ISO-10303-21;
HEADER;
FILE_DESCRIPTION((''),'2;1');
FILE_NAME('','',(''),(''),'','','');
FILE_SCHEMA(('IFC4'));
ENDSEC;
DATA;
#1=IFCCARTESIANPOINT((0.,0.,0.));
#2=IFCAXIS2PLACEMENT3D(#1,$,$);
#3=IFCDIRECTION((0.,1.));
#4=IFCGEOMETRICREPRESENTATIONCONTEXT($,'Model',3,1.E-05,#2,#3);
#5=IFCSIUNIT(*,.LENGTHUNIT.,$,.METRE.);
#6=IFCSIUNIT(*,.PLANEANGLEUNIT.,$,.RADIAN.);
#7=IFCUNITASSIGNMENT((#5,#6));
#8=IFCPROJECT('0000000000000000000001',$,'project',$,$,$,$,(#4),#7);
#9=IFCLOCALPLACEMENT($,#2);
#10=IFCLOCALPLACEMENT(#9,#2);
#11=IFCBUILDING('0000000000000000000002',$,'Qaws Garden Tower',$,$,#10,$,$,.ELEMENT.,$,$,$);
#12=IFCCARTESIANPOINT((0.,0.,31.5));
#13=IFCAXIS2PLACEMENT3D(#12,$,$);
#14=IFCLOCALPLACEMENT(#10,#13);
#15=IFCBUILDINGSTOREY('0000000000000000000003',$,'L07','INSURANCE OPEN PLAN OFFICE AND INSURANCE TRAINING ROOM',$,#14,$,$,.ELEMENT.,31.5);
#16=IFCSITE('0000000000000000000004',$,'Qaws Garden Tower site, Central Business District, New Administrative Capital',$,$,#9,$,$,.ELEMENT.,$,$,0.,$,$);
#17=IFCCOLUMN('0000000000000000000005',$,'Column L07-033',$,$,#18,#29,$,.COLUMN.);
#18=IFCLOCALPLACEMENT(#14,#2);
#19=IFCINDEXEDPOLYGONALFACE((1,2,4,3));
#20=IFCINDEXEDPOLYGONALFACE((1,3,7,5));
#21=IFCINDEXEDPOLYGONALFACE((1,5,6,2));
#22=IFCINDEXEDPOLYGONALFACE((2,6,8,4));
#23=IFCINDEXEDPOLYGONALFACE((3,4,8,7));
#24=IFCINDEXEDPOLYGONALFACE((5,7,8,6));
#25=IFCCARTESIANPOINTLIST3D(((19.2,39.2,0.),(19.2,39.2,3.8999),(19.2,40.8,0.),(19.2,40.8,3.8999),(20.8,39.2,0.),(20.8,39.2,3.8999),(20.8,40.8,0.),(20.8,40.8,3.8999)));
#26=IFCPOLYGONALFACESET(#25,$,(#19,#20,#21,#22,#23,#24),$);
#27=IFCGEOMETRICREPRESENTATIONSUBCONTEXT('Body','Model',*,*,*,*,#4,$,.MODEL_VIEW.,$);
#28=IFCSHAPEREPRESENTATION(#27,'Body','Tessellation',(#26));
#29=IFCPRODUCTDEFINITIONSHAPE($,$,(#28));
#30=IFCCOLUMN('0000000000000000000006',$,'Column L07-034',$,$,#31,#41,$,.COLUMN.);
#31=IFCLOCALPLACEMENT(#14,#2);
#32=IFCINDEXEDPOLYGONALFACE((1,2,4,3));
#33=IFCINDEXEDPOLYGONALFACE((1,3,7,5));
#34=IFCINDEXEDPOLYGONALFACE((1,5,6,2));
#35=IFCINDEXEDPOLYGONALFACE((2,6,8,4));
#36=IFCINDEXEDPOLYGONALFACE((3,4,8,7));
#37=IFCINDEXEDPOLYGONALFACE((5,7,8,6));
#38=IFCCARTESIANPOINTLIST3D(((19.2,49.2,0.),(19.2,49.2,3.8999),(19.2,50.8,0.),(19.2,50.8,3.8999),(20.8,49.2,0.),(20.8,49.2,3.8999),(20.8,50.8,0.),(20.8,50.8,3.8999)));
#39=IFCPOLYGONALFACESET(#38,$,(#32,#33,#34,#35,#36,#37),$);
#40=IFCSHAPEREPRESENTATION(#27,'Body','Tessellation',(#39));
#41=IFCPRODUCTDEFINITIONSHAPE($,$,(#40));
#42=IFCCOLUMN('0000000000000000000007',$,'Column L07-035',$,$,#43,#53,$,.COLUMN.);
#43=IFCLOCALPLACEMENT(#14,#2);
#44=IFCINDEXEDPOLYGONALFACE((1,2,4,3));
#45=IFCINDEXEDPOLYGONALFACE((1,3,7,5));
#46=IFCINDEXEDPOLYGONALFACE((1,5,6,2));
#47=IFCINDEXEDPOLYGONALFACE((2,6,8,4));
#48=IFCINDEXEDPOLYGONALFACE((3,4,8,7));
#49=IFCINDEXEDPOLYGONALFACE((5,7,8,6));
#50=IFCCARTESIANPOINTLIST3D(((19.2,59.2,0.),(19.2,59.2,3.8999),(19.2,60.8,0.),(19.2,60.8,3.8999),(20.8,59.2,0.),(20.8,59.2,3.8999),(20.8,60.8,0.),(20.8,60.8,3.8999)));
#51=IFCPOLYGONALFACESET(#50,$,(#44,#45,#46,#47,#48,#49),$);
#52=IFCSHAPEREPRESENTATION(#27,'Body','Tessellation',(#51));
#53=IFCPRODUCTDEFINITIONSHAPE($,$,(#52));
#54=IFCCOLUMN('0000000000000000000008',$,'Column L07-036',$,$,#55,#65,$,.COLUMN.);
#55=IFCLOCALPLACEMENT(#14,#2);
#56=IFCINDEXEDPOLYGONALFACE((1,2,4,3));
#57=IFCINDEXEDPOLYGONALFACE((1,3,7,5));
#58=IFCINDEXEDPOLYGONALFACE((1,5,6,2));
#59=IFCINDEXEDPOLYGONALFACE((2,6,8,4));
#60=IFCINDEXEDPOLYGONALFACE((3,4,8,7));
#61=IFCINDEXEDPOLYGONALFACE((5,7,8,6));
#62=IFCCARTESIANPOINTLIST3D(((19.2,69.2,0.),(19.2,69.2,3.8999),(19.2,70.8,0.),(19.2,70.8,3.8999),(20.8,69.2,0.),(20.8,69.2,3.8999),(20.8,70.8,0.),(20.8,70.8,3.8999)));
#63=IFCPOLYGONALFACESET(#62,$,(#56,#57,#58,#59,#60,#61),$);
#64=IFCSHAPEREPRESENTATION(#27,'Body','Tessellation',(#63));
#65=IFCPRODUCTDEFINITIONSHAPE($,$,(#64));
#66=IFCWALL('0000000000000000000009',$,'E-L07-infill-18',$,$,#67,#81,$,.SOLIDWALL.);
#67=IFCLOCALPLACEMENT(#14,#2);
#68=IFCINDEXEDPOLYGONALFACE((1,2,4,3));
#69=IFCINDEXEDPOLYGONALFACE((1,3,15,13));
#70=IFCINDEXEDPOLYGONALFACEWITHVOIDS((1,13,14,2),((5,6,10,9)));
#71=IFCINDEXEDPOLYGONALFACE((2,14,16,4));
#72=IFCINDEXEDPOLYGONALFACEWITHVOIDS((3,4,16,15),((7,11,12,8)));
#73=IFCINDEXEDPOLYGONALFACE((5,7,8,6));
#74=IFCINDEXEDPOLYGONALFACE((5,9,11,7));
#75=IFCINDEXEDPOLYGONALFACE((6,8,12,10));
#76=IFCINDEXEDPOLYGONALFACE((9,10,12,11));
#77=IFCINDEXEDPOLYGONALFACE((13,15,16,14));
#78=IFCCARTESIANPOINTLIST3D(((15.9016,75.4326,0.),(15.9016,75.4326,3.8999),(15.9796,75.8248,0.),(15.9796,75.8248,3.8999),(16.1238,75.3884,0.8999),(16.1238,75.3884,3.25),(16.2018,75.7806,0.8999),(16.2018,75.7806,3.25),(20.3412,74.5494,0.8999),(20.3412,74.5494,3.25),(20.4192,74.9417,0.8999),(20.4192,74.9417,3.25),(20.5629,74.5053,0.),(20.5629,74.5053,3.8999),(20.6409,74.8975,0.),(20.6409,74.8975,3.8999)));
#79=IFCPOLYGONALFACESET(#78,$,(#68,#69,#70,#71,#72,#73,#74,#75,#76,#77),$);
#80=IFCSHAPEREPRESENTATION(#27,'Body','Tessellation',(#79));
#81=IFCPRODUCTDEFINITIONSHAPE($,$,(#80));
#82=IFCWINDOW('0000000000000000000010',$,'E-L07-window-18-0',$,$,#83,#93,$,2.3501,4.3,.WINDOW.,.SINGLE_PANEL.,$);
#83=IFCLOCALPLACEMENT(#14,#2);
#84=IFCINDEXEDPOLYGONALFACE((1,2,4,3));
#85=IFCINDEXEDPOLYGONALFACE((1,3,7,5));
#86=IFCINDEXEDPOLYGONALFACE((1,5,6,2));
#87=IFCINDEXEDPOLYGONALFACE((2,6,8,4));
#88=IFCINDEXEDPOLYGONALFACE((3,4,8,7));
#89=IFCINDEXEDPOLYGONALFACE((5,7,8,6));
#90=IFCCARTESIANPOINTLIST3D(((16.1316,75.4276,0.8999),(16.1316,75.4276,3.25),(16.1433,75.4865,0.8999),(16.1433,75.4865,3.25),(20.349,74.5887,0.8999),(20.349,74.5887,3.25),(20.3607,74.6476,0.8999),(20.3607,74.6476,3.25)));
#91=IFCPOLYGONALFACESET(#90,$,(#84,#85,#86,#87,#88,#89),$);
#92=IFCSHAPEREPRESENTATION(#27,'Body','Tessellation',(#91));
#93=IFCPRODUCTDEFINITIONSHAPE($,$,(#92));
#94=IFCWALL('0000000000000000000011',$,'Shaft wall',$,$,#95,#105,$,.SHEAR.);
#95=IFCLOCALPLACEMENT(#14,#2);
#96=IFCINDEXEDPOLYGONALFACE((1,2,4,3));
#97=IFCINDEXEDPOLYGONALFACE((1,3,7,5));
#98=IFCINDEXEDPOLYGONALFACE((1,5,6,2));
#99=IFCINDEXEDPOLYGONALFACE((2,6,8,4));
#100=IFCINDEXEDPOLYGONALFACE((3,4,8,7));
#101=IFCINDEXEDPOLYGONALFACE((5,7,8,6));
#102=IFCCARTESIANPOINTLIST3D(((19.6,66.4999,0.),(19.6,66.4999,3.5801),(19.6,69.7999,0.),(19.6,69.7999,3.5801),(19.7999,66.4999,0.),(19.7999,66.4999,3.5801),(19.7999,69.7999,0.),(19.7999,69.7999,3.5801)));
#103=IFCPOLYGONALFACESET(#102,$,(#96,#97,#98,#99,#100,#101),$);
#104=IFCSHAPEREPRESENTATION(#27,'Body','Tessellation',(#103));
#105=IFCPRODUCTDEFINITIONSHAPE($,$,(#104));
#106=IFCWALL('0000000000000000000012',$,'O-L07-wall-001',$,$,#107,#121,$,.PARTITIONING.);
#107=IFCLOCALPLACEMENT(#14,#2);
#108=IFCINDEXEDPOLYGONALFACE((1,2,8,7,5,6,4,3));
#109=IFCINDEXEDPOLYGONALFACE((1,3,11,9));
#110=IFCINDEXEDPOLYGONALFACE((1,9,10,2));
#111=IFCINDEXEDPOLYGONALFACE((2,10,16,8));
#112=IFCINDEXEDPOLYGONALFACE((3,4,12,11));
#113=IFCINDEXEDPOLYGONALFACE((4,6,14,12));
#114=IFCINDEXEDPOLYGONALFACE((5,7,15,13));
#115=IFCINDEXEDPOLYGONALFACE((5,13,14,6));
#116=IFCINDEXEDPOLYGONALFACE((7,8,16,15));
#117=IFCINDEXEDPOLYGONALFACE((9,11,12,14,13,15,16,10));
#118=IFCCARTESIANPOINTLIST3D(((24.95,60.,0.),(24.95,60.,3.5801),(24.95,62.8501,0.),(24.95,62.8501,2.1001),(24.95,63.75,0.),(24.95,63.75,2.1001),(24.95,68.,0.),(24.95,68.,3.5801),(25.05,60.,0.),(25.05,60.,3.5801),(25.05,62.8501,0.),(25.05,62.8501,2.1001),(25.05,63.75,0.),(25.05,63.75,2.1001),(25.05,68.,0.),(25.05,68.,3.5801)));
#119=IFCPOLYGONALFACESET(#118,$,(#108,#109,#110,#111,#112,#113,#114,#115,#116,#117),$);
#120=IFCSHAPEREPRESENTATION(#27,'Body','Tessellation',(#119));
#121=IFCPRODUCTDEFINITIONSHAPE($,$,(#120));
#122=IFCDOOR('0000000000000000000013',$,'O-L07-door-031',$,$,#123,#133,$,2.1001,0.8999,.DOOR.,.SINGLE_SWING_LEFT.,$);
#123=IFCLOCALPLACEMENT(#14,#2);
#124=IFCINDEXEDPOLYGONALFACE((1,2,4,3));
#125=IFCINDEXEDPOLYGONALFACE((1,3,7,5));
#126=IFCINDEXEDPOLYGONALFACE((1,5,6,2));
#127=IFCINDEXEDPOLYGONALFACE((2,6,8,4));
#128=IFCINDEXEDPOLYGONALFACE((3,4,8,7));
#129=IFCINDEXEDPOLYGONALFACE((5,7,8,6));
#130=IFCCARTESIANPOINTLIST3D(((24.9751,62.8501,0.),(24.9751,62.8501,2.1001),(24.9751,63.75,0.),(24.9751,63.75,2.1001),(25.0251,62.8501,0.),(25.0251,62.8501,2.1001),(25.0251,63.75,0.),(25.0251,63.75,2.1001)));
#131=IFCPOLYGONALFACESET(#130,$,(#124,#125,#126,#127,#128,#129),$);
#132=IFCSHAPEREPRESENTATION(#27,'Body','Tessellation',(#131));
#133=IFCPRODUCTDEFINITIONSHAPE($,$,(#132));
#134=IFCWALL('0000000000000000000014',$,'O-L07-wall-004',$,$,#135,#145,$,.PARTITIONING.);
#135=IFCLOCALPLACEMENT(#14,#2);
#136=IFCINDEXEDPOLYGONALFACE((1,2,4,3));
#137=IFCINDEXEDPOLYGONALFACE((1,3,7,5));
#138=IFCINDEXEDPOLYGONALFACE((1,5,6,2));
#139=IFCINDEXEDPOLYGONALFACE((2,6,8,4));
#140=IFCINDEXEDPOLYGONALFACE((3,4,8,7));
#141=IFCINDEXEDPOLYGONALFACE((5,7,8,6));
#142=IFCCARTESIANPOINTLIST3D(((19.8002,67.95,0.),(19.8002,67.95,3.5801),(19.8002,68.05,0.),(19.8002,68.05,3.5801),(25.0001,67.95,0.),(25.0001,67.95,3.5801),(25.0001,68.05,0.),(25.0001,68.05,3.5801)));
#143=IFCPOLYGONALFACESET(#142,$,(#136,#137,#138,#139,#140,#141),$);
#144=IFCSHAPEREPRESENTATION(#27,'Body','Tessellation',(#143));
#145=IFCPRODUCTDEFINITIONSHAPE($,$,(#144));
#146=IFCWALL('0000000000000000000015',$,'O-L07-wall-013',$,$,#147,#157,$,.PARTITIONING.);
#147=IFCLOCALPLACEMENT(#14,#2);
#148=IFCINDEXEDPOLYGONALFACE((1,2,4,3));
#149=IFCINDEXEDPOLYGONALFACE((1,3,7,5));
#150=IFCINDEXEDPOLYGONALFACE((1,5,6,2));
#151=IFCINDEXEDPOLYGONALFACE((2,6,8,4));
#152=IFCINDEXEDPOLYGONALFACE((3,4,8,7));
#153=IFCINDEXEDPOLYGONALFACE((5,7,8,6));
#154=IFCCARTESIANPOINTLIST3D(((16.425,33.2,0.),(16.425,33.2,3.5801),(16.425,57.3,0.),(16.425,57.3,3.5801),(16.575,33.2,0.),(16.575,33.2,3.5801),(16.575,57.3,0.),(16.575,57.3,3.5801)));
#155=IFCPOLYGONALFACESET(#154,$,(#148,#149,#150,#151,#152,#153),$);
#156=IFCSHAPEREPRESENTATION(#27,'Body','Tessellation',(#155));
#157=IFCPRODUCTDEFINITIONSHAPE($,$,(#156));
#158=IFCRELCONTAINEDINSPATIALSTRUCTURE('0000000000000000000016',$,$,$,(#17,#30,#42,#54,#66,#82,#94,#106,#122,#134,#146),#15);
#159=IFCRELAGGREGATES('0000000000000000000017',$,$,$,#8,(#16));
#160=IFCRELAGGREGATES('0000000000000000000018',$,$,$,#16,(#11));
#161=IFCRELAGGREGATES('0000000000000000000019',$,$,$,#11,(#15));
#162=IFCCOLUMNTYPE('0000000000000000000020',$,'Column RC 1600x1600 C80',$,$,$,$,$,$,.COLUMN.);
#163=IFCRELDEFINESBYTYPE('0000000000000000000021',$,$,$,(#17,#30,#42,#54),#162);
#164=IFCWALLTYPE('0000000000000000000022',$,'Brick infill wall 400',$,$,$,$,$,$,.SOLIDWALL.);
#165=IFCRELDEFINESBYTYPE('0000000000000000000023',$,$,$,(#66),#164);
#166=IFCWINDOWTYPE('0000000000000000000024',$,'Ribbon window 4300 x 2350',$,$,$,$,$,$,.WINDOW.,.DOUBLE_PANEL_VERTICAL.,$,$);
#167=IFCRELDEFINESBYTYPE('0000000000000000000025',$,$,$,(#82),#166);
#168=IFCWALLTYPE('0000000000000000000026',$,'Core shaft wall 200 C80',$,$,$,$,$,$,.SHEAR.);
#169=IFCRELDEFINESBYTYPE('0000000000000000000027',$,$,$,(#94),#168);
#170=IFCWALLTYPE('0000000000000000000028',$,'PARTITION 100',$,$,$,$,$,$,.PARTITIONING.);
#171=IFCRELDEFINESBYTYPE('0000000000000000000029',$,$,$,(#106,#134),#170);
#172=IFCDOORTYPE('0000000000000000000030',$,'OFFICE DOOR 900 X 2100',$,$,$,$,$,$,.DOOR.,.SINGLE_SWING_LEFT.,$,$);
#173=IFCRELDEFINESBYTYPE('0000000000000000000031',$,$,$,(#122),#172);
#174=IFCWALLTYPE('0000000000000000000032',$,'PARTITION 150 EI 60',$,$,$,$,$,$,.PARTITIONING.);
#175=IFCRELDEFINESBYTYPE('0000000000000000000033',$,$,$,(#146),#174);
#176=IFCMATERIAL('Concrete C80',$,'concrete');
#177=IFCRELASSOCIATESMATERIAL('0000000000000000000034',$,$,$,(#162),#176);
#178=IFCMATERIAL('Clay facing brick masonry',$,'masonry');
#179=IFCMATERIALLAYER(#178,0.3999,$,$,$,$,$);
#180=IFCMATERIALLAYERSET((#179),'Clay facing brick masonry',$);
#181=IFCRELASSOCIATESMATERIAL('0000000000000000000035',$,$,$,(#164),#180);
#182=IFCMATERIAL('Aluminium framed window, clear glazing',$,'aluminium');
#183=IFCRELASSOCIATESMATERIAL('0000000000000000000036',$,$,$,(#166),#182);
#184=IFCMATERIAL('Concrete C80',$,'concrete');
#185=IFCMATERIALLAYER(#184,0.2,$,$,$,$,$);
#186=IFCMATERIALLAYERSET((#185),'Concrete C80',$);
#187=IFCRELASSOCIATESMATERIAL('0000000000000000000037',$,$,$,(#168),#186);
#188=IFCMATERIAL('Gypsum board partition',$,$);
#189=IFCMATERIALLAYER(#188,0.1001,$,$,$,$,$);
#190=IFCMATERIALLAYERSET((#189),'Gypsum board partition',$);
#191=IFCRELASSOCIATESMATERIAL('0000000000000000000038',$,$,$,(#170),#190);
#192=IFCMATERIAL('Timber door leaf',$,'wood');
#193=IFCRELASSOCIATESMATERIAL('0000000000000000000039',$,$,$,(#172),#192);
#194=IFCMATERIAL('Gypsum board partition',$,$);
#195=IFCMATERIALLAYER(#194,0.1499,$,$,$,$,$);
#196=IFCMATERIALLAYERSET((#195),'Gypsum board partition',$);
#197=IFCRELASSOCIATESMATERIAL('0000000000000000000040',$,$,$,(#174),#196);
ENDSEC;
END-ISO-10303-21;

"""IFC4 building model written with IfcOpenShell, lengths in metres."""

from ifc_helpers import new_model, si_unit, direction, frame, frame_2d, origin, origin_2d, place, context, subcontext, project, spatial, rectangle, extrude, material, layer, layer_set, material_profile, profile_set, type_object, element, fill, save


model = new_model("IFC4")

# Units and contexts
model_context = context("Model", 3, precision=1e-05, world=origin(), true_north=direction((0.0, 1.0)))
body_context = subcontext(model_context, "Body", "Model", "MODEL_VIEW")
ifc_project = project(units=[si_unit("LENGTHUNIT", "METRE"), si_unit("PLANEANGLEUNIT", "RADIAN")], contexts=[model_context])

# Site, building, storey
site_placement = place(None, origin())
site = spatial("IfcSite", under=ifc_project, at=site_placement, Name="Qaws Garden Tower site, Central Business District, New Administrative Capital", CompositionType="ELEMENT", RefElevation=0.0)
building_placement = place(site_placement, origin())
building = spatial("IfcBuilding", under=site, at=building_placement, Name="Qaws Garden Tower", CompositionType="ELEMENT")
storey_placement = place(building_placement, frame((0.0, 0.0, 31.5)))
storey = spatial("IfcBuildingStorey", under=building, at=storey_placement, Name="L07", Description="INSURANCE OPEN PLAN OFFICE AND INSURANCE TRAINING ROOM", CompositionType="ELEMENT", Elevation=31.5)

# Columns
ifc_material_1 = material(Name="Concrete C80", Category="concrete")
ifc_material_profile = material_profile(ifc_material_1, rectangle(XDim=1.6001, YDim=1.6001, at=origin_2d()), Name="RC 1600x1600")
ifc_profile_set = profile_set([ifc_material_profile], Name="Concrete C80")
column_type = type_object("IfcColumnType", Name="Column RC 1600x1600 C80", PredefinedType="COLUMN", material=ifc_profile_set)
for number, where, z_axis, x_axis, name in (
    (1, (20.0, 40.0, 0.0), (0.0, 0.0, 1.0), (1.0, 0.0, 0.0), "Column L07-033"),
    (2, (20.0, 50.0, 0.0), (0.0, 0.0, 1.0), (1.0, 0.0, 0.0), "Column L07-034"),
    (3, (20.0, 60.0, 0.0), (0.0, 0.0, 1.0), (1.0, 0.0, 0.0), "Column L07-035"),
    (4, (20.0, 70.0, 0.0), (0.0, 0.0, 1.0), (1.0, 0.0, 0.0), "Column L07-036"),
):
    element("IfcColumn", number, at=place(storey_placement, frame(where, z_axis=z_axis, x_axis=x_axis)), inside=storey, type_object=column_type, Name=name, PredefinedType="COLUMN", context=body_context, shape_type="SweptSolid", body=[
        extrude(rectangle(XDim=1.6001, YDim=1.6001, at=origin_2d()), origin(), (0.0, 0.0, 1.0), 3.8999),
    ])

# Wall, opening, window
ifc_material_2 = material(Name="Clay facing brick masonry", Category="masonry")
ifc_layer_1 = layer(ifc_material_2, 0.3999)
ifc_layer_set_1 = layer_set([ifc_layer_1], Name="Clay facing brick masonry")
wall_type_1 = type_object("IfcWallType", Name="Brick infill wall 400", PredefinedType="SOLIDWALL", material=ifc_layer_set_1)
wall_1_placement = place(storey_placement, frame((20.6021, 74.7014, 0.0), z_axis=(0.0, 0.0, 1.0), x_axis=(-0.980784, 0.195099, 0.0)))
wall_1 = element("IfcWall", 5, at=wall_1_placement, inside=storey, type_object=wall_type_1, Name="E-L07-infill-18", PredefinedType="SOLIDWALL", context=body_context, shape_type="SweptSolid", body=[
    extrude(rectangle(XDim=4.7527, YDim=0.3999, at=frame_2d((2.3765, 0.0))), origin(), (0.0, 0.0, 1.0), 3.8999),
])
opening_1_placement = place(wall_1_placement, frame((0.2263, 0.0, 0.8999)))
opening_1 = element("IfcOpeningElement", 6, at=opening_1_placement, cuts=wall_1, PredefinedType="OPENING", context=body_context, shape_type="SweptSolid", body=[
    extrude(rectangle(XDim=4.3, YDim=2.3501, at=frame_2d((2.1499, 1.175))), frame((0.0, 0.21, 0.0), z_axis=(0.0, -1.0, 0.0), x_axis=(1.0, 0.0, 0.0)), (0.0, 0.0, 1.0), 0.4199),
])
ifc_material_3 = material(Name="Aluminium framed window, clear glazing", Category="aluminium")
window_type = type_object("IfcWindowType", Name="Ribbon window 4300 x 2350", PartitioningType="DOUBLE_PANEL_VERTICAL", PredefinedType="WINDOW", material=ifc_material_3)
window_placement = place(opening_1_placement, origin())
window = element("IfcWindow", 7, at=window_placement, inside=storey, type_object=window_type, Name="E-L07-window-18-0", OverallHeight=2.3501, OverallWidth=4.3, PartitioningType="SINGLE_PANEL", PredefinedType="WINDOW", context=body_context, shape_type="SweptSolid", body=[
    extrude(rectangle(XDim=4.3, YDim=2.3501, at=frame_2d((2.1499, 1.175))), frame((0.0, 0.1599, 0.0), z_axis=(0.0, -1.0, 0.0), x_axis=(1.0, 0.0, 0.0)), (0.0, 0.0, 1.0), 0.0601),
])
fill(opening_1, window)

# Wall
ifc_material_4 = material(Name="Concrete C80", Category="concrete")
ifc_layer_2 = layer(ifc_material_4, 0.2)
ifc_layer_set_2 = layer_set([ifc_layer_2], Name="Concrete C80")
wall_type_2 = type_object("IfcWallType", Name="Core shaft wall 200 C80", PredefinedType="SHEAR", material=ifc_layer_set_2)
wall_2_placement = place(storey_placement, frame((19.7, 66.5, 0.0), z_axis=(0.0, 0.0, 1.0), x_axis=(0.0, 1.0, 0.0)))
element("IfcWall", 8, at=wall_2_placement, inside=storey, type_object=wall_type_2, Name="Shaft wall", PredefinedType="SHEAR", context=body_context, shape_type="SweptSolid", body=[
    extrude(rectangle(XDim=3.3, YDim=0.2, at=frame_2d((1.6499, 0.0))), origin(), (0.0, 0.0, 1.0), 3.5801),
])

# Wall, opening, door
ifc_material_5 = material(Name="Gypsum board partition")
ifc_layer_3 = layer(ifc_material_5, 0.1001)
ifc_layer_set_3 = layer_set([ifc_layer_3], Name="Gypsum board partition")
wall_type_3 = type_object("IfcWallType", Name="PARTITION 100", PredefinedType="PARTITIONING", material=ifc_layer_set_3)
wall_3_placement = place(storey_placement, frame((25.0, 60.0, 0.0), z_axis=(0.0, 0.0, 1.0), x_axis=(0.0, 1.0, 0.0)))
wall_3 = element("IfcWall", 9, at=wall_3_placement, inside=storey, type_object=wall_type_3, Name="O-L07-wall-001", PredefinedType="PARTITIONING", context=body_context, shape_type="SweptSolid", body=[
    extrude(rectangle(XDim=8.0, YDim=0.1001, at=frame_2d((4.0, 0.0))), origin(), (0.0, 0.0, 1.0), 3.5801),
])
opening_2_placement = place(wall_3_placement, frame((2.8501, 0.0, 0.0)))
opening_2 = element("IfcOpeningElement", 10, at=opening_2_placement, cuts=wall_3, PredefinedType="OPENING", context=body_context, shape_type="SweptSolid", body=[
    extrude(rectangle(XDim=0.8999, YDim=2.1001, at=frame_2d((0.45, 1.05))), frame((0.0, 0.0601, 0.0), z_axis=(0.0, -1.0, 0.0), x_axis=(1.0, 0.0, 0.0)), (0.0, 0.0, 1.0), 0.1201),
])
ifc_material_6 = material(Name="Timber door leaf", Category="wood")
door_type_1 = type_object("IfcDoorType", Name="OFFICE DOOR 900 X 2100", OperationType="SINGLE_SWING_LEFT", PredefinedType="DOOR", material=ifc_material_6)
door_1_placement = place(opening_2_placement, origin())
door_1 = element("IfcDoor", 11, at=door_1_placement, inside=storey, type_object=door_type_1, Name="O-L07-door-031", OperationType="SINGLE_SWING_LEFT", OverallHeight=2.1001, OverallWidth=0.8999, PredefinedType="DOOR", context=body_context, shape_type="SweptSolid", body=[
    extrude(rectangle(XDim=0.8999, YDim=2.1001, at=frame_2d((0.45, 1.05))), frame((0.0, 0.0249, 0.0), z_axis=(0.0, -1.0, 0.0), x_axis=(1.0, 0.0, 0.0)), (0.0, 0.0, 1.0), 0.05),
])
fill(opening_2, door_1)

# Walls
wall_4_placement = place(storey_placement, frame((19.8, 68.0, 0.0), z_axis=(0.0, 0.0, 1.0), x_axis=(1.0, 0.0, 0.0)))
element("IfcWall", 12, at=wall_4_placement, inside=storey, type_object=wall_type_3, Name="O-L07-wall-004", PredefinedType="PARTITIONING", context=body_context, shape_type="SweptSolid", body=[
    extrude(rectangle(XDim=5.2, YDim=0.1001, at=frame_2d((2.6001, 0.0))), origin(), (0.0, 0.0, 1.0), 3.5801),
])
ifc_material_7 = material(Name="Gypsum board partition")
ifc_layer_4 = layer(ifc_material_7, 0.1499)
ifc_layer_set_4 = layer_set([ifc_layer_4], Name="Gypsum board partition")
wall_type_4 = type_object("IfcWallType", Name="PARTITION 150 EI 60", PredefinedType="PARTITIONING", material=ifc_layer_set_4)
wall_5_placement = place(storey_placement, frame((16.5, 33.2, 0.0), z_axis=(0.0, 0.0, 1.0), x_axis=(0.0, 1.0, 0.0)))
element("IfcWall", 13, at=wall_5_placement, inside=storey, type_object=wall_type_4, Name="O-L07-wall-013", PredefinedType="PARTITIONING", context=body_context, shape_type="SweptSolid", body=[
    extrude(rectangle(XDim=24.1001, YDim=0.1499, at=frame_2d((12.05, 0.0))), origin(), (0.0, 0.0, 1.0), 3.5801),
])

save(model, "model.ifc")
